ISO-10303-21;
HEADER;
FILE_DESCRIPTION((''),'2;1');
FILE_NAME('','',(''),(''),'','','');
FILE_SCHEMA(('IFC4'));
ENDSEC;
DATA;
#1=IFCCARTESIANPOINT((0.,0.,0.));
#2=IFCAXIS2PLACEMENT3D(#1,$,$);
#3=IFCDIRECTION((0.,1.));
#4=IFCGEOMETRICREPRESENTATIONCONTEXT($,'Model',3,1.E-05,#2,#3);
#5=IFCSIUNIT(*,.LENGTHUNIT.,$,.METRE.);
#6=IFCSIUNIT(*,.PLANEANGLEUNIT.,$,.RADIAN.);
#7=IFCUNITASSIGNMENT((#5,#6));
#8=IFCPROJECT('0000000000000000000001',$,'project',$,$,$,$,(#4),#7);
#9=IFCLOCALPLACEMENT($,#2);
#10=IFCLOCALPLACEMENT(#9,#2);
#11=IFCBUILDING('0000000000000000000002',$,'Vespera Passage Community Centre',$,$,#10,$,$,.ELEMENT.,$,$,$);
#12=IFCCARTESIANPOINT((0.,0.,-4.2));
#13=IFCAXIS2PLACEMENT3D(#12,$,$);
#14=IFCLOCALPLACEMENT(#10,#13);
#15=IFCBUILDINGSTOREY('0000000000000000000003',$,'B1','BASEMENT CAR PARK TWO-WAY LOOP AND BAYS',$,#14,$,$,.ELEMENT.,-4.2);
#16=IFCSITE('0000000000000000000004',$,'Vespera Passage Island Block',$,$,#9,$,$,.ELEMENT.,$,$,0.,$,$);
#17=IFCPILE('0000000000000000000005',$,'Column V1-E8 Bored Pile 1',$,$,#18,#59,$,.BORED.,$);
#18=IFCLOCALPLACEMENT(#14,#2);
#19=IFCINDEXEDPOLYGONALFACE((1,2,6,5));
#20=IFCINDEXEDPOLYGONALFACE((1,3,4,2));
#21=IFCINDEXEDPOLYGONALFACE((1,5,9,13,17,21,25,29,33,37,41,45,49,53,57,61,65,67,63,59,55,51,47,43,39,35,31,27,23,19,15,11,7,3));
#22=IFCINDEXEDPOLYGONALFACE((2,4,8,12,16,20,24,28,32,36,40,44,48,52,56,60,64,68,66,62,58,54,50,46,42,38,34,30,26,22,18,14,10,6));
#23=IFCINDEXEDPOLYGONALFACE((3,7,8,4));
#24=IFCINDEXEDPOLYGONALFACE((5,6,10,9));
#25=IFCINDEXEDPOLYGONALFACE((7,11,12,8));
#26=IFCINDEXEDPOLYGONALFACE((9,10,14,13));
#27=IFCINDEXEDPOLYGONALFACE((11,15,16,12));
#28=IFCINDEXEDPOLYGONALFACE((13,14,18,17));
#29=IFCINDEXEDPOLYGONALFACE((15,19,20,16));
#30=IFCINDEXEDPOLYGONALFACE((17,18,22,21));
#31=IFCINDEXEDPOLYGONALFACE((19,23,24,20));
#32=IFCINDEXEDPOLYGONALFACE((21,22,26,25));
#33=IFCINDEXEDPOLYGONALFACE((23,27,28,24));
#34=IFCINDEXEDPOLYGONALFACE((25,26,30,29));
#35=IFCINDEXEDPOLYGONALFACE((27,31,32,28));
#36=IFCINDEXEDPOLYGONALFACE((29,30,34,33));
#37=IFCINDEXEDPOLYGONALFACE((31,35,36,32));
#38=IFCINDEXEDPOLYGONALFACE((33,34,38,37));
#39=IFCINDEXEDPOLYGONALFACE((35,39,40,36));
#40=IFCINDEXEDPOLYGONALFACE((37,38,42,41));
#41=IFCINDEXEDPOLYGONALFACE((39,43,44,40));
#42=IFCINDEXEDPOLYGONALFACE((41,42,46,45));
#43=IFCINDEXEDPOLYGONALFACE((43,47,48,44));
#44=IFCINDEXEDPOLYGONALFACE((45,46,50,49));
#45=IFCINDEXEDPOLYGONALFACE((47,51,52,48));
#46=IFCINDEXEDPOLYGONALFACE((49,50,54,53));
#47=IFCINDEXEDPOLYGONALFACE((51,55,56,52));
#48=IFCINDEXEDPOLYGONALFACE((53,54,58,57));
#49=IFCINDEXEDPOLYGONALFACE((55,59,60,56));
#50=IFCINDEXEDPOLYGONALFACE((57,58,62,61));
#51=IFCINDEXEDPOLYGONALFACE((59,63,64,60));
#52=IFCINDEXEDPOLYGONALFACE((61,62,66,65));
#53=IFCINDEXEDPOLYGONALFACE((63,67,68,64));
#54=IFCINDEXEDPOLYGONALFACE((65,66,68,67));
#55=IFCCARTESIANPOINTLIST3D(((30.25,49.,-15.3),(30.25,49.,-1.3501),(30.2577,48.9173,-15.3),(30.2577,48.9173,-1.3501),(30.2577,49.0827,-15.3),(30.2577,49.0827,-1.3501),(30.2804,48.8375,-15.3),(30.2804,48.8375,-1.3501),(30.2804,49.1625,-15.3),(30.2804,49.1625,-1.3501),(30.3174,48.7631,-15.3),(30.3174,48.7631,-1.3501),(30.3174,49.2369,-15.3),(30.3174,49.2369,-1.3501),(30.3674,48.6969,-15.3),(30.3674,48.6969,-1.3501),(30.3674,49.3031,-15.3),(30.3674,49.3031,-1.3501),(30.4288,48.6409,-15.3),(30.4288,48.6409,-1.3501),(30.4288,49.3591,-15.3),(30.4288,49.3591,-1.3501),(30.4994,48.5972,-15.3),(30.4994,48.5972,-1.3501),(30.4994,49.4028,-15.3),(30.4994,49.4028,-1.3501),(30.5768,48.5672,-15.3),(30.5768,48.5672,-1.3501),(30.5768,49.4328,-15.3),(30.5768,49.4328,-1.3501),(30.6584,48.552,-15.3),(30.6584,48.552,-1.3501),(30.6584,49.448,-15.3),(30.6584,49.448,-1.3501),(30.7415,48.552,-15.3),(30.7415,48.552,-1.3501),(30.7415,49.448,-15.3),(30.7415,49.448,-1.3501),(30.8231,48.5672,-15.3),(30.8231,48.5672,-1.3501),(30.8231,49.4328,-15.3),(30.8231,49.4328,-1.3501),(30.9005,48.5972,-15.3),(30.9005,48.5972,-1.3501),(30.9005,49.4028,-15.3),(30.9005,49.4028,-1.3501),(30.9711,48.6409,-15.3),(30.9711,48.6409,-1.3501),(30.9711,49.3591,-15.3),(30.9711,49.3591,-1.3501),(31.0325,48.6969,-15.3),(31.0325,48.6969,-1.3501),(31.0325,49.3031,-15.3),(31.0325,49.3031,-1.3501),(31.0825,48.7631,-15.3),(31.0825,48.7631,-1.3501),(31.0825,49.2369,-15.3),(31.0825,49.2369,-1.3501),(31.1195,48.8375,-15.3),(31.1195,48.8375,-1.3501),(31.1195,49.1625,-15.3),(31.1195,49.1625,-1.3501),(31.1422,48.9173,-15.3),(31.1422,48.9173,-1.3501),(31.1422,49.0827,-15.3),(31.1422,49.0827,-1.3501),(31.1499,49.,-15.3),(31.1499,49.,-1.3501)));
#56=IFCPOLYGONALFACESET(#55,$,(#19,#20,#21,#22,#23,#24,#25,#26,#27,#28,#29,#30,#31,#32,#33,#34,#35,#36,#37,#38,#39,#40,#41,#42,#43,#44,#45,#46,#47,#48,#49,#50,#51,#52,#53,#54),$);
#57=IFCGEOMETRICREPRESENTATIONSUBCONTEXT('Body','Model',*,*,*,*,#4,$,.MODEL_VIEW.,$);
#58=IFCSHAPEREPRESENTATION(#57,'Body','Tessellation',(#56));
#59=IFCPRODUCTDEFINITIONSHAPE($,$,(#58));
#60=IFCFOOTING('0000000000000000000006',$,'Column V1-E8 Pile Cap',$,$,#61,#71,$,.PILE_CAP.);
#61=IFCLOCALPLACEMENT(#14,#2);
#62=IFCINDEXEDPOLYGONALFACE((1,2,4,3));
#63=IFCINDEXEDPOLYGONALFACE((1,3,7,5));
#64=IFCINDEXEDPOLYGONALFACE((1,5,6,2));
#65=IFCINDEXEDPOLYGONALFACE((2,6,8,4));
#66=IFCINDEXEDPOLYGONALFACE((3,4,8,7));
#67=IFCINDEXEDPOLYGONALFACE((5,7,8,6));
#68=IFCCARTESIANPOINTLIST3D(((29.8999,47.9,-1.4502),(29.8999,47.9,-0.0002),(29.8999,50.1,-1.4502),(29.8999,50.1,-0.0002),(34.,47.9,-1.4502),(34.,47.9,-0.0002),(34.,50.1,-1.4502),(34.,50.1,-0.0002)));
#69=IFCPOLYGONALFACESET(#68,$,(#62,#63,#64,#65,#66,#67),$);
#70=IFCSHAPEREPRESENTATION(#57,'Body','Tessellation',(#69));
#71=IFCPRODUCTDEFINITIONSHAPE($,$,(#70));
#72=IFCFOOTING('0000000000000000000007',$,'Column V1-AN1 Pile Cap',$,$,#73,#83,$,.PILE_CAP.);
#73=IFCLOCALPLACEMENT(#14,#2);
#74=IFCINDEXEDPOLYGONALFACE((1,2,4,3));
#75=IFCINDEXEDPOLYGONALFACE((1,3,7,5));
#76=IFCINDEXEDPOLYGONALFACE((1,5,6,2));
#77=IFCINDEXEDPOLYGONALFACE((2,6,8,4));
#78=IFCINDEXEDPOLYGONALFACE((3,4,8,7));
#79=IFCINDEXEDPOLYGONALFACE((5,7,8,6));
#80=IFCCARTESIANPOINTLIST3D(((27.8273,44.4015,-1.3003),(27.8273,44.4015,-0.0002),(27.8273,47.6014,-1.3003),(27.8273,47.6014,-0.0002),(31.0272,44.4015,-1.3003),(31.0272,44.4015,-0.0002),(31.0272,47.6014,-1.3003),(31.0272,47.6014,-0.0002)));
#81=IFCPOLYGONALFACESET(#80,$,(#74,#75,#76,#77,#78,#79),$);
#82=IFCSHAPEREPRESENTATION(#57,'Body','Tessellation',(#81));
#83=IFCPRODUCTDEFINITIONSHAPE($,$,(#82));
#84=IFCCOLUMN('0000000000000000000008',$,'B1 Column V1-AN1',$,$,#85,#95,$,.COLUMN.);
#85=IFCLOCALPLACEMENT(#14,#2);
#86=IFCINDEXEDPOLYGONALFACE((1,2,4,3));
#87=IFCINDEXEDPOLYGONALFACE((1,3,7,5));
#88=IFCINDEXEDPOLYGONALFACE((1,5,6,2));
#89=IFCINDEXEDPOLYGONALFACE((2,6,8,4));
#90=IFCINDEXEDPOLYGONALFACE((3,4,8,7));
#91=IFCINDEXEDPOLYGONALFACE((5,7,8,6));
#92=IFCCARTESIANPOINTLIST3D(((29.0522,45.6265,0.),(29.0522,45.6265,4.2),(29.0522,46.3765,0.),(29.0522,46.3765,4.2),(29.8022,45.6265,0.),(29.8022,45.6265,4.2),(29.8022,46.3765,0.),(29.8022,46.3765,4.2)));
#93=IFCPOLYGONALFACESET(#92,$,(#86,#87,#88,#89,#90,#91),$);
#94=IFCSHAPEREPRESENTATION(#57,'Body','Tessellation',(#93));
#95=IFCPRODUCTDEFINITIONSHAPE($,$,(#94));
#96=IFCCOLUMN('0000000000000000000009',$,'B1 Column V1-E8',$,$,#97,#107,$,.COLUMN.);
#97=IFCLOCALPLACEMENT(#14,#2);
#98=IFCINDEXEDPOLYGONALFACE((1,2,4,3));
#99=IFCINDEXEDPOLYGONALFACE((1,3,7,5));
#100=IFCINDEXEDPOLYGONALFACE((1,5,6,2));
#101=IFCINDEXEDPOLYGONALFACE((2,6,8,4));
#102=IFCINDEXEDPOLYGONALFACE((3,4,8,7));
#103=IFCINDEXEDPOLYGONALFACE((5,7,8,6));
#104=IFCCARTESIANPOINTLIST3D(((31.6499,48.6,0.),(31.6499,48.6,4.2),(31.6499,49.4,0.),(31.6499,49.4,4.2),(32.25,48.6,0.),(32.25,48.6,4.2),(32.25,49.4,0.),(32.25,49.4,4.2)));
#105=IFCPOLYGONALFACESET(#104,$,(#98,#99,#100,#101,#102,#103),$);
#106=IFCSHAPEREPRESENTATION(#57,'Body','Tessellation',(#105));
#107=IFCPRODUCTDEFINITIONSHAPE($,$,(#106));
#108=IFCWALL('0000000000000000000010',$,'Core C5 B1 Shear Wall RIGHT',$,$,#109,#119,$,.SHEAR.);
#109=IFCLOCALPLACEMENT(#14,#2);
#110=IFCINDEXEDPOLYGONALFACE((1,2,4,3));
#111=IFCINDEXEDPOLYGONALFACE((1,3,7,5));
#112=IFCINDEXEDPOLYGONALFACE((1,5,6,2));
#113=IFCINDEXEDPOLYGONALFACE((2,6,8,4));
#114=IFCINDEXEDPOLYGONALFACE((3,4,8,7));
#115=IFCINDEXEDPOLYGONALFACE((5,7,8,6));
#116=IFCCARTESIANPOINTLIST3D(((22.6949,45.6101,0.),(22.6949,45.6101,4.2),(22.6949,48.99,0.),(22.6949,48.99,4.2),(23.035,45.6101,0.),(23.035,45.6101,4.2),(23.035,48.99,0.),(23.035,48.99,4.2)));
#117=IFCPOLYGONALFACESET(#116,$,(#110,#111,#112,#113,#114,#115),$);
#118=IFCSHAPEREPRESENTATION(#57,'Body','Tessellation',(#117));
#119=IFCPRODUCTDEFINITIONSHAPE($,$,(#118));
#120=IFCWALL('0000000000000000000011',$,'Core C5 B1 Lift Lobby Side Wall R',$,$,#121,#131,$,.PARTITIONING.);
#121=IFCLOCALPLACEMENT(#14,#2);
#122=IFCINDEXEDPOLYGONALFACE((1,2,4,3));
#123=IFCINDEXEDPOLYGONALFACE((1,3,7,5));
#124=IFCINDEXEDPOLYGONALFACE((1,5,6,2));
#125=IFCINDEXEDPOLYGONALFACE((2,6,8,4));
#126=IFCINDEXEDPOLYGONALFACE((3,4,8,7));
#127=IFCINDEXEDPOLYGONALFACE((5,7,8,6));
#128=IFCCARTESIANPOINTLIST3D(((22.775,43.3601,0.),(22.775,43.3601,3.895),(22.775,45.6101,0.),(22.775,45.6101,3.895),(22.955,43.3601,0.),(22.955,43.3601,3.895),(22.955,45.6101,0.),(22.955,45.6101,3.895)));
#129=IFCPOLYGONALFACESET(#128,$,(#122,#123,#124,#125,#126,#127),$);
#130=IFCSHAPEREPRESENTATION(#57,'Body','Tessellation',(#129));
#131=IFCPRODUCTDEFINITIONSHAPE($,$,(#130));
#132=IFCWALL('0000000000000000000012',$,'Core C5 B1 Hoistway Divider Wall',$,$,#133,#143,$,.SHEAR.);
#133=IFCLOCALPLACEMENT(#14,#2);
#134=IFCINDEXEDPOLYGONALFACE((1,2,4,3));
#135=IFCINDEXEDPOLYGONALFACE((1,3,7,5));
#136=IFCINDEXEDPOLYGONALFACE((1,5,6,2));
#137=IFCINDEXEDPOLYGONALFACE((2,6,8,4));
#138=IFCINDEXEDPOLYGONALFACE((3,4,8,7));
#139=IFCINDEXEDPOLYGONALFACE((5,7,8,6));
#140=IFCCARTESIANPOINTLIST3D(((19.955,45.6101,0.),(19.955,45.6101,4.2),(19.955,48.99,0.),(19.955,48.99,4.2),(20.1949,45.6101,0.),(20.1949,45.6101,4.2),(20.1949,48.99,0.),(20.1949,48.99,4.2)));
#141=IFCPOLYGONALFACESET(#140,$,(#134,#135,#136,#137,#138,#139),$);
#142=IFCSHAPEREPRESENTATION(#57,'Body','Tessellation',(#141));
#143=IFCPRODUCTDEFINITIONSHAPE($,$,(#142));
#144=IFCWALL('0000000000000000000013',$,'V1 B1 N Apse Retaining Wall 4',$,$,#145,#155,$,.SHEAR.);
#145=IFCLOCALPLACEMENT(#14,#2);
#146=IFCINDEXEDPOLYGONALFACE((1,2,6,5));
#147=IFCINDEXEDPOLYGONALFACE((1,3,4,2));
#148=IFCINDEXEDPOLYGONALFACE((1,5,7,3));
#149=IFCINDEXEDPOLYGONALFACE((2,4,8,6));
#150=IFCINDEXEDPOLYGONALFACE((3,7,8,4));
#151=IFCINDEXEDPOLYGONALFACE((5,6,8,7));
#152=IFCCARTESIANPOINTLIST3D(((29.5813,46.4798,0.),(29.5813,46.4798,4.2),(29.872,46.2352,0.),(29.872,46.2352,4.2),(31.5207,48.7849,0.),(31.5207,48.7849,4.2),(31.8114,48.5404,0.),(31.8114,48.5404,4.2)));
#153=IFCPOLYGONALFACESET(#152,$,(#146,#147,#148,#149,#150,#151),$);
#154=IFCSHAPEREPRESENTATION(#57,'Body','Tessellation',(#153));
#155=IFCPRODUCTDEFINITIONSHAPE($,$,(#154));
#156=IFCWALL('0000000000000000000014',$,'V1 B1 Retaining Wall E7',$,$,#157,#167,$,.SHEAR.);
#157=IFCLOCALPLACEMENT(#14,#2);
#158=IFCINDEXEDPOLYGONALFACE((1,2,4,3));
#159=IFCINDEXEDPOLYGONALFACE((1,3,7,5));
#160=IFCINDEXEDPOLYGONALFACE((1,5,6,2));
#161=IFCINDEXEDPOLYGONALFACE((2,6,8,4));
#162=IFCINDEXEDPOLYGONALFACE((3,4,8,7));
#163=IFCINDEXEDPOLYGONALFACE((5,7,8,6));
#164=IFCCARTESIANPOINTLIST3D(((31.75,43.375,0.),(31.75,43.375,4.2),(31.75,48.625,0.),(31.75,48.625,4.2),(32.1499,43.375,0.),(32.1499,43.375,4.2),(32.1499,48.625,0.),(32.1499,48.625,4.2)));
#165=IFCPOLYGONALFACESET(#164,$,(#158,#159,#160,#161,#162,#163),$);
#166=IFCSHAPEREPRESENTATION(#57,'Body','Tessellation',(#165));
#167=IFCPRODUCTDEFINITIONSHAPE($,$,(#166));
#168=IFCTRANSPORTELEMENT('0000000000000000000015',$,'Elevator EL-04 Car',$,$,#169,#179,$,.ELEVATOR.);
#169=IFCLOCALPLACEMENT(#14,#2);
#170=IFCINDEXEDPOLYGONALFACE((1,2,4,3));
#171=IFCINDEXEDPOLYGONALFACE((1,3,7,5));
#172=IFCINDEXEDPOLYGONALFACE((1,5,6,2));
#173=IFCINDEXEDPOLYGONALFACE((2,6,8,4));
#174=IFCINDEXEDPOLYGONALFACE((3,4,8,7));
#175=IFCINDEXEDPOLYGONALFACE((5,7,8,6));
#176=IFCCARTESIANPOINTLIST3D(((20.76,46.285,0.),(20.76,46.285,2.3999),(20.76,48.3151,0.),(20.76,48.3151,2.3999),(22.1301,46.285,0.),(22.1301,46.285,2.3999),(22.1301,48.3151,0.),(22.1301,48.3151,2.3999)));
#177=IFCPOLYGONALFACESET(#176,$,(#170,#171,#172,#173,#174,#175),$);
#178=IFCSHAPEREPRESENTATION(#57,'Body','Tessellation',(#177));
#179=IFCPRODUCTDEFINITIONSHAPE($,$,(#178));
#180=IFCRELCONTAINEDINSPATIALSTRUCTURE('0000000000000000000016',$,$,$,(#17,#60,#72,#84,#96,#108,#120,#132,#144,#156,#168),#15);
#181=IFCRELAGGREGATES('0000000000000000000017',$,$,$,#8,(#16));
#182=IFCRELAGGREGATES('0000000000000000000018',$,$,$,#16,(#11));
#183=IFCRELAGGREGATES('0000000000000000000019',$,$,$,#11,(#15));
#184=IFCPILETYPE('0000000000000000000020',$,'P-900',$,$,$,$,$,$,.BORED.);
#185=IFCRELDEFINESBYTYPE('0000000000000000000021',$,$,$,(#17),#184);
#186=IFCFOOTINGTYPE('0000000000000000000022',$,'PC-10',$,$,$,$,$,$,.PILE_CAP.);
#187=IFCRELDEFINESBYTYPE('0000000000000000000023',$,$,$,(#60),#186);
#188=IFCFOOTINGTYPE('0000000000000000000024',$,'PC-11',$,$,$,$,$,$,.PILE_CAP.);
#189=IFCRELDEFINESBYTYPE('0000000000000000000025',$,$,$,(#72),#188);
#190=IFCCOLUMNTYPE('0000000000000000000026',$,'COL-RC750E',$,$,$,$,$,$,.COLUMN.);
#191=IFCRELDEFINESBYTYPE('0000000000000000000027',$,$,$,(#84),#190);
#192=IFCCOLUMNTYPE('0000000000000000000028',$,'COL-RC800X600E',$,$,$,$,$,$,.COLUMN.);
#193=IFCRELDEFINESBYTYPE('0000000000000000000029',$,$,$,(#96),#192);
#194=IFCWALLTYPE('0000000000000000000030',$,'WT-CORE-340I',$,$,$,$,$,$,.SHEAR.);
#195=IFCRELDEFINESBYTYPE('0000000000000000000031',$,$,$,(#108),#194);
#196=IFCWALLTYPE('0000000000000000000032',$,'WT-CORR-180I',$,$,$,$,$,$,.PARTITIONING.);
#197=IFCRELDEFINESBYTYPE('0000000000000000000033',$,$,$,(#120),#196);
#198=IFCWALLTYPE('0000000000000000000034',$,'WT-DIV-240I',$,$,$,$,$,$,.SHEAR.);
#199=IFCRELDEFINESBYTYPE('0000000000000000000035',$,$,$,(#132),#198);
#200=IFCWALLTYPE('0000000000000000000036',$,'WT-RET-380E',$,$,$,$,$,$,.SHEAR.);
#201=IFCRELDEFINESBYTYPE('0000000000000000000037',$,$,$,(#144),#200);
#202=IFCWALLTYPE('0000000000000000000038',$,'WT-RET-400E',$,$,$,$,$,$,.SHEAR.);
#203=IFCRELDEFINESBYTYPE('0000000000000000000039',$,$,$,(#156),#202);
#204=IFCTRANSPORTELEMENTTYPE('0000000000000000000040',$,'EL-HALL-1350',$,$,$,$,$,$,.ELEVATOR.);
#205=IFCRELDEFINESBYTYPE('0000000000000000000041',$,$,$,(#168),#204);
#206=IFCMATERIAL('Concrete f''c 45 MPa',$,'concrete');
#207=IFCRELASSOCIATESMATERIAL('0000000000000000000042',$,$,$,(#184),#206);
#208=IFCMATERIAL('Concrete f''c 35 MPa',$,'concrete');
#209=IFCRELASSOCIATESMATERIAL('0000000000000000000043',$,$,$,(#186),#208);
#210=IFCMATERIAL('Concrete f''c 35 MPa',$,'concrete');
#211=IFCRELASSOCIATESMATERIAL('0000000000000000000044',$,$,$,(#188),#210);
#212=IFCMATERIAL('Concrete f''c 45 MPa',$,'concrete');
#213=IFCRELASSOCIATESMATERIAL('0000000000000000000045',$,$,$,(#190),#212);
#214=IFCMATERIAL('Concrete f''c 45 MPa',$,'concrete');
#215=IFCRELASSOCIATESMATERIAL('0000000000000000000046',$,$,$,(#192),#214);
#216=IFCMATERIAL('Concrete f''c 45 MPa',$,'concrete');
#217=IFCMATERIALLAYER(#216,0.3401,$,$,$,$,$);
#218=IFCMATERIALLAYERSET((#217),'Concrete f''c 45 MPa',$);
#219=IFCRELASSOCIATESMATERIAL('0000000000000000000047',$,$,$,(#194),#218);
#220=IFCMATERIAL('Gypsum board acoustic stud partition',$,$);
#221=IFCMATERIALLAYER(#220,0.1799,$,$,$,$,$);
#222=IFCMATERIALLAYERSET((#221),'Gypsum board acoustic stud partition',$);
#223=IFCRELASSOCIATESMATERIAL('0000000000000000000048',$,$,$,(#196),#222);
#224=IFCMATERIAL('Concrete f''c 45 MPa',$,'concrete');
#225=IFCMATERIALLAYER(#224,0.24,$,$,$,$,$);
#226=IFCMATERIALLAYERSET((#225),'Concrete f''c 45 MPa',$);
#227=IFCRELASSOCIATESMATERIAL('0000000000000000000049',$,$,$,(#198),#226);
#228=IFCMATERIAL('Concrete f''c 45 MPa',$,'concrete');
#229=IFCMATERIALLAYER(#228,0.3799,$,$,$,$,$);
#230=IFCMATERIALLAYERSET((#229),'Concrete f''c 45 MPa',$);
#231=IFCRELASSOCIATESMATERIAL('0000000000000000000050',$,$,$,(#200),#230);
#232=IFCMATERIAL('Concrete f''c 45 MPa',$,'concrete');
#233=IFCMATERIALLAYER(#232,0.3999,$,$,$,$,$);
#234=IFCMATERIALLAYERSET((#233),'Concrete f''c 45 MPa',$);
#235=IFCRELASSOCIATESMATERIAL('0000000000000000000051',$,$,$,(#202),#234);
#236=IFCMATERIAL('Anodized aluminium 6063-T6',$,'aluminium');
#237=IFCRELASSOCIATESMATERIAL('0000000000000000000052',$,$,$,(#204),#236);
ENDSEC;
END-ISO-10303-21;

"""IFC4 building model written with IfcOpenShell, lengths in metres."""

from ifc_helpers import new_model, si_unit, direction, frame, frame_2d, origin, origin_2d, place, context, subcontext, project, spatial, rectangle, circle, extrude, material, layer, layer_set, material_profile, profile_set, type_object, element, save


model = new_model("IFC4")

# Units and contexts
model_context = context("Model", 3, precision=1e-05, world=origin(), true_north=direction((0.0, 1.0)))
body_context = subcontext(model_context, "Body", "Model", "MODEL_VIEW")
ifc_project = project(units=[si_unit("LENGTHUNIT", "METRE"), si_unit("PLANEANGLEUNIT", "RADIAN")], contexts=[model_context])

# Site, building, storey
site_placement = place(None, origin())
site = spatial("IfcSite", under=ifc_project, at=site_placement, Name="Vespera Passage Island Block", CompositionType="ELEMENT", RefElevation=0.0)
building_placement = place(site_placement, origin())
building = spatial("IfcBuilding", under=site, at=building_placement, Name="Vespera Passage Community Centre", CompositionType="ELEMENT")
storey_placement = place(building_placement, frame((0.0, 0.0, -4.2)))
storey = spatial("IfcBuildingStorey", under=building, at=storey_placement, Name="B1", Description="BASEMENT CAR PARK TWO-WAY LOOP AND BAYS", CompositionType="ELEMENT", Elevation=-4.2)

# Pile
ifc_material_1 = material(Name="Concrete f'c 45 MPa", Category="concrete")
ifc_material_profile_1 = material_profile(ifc_material_1, circle(Radius=0.45, at=origin_2d()), Name="PILE900DIA")
ifc_profile_set_1 = profile_set([ifc_material_profile_1], Name="Concrete f'c 45 MPa")
pile_type_1 = type_object("IfcPileType", Name="P-900", PredefinedType="BORED", material=ifc_profile_set_1)
pile_placement = place(storey_placement, frame((30.7, 49.0, -1.3501), z_axis=(0.0, 0.0, -1.0), x_axis=(1.0, 0.0, 0.0)))
element("IfcPile", 1, at=pile_placement, inside=storey, type_object=pile_type_1, Name="Column V1-E8 Bored Pile 1", PredefinedType="BORED", context=body_context, shape_type="SweptSolid", body=[
    extrude(circle(Radius=0.45, at=origin_2d()), origin(), (0.0, 0.0, 1.0), 13.95),
])

# Footings
ifc_material_2 = material(Name="Concrete f'c 35 MPa", Category="concrete")
footing_type_1 = type_object("IfcFootingType", Name="PC-10", PredefinedType="PILE_CAP", material=ifc_material_2)
footing_1_placement = place(storey_placement, frame((31.95, 49.0, -1.4502), z_axis=(0.0, 0.0, 1.0), x_axis=(1.0, 0.0, 0.0)))
element("IfcFooting", 2, at=footing_1_placement, inside=storey, type_object=footing_type_1, Name="Column V1-E8 Pile Cap", PredefinedType="PILE_CAP", context=body_context, shape_type="SweptSolid", body=[
    extrude(rectangle(XDim=4.1001, YDim=2.2, at=origin_2d()), origin(), (0.0, 0.0, 1.0), 1.45),
])
ifc_material_3 = material(Name="Concrete f'c 35 MPa", Category="concrete")
footing_type_2 = type_object("IfcFootingType", Name="PC-11", PredefinedType="PILE_CAP", material=ifc_material_3)
footing_2_placement = place(storey_placement, frame((29.4272, 46.0015, -1.3003), z_axis=(0.0, 0.0, 1.0), x_axis=(1.0, 0.0, 0.0)))
element("IfcFooting", 3, at=footing_2_placement, inside=storey, type_object=footing_type_2, Name="Column V1-AN1 Pile Cap", PredefinedType="PILE_CAP", context=body_context, shape_type="SweptSolid", body=[
    extrude(rectangle(XDim=3.2, YDim=3.2, at=origin_2d()), origin(), (0.0, 0.0, 1.0), 1.3),
])

# Columns
ifc_material_4 = material(Name="Concrete f'c 45 MPa", Category="concrete")
ifc_material_profile_2 = material_profile(ifc_material_4, rectangle(XDim=0.75, YDim=0.75, at=origin_2d()), Name="RC750X750")
ifc_profile_set_2 = profile_set([ifc_material_profile_2], Name="Concrete f'c 45 MPa")
column_type_1 = type_object("IfcColumnType", Name="COL-RC750E", PredefinedType="COLUMN", material=ifc_profile_set_2)
column_1_placement = place(storey_placement, frame((29.4272, 46.0015, 0.0), z_axis=(0.0, 0.0, 1.0), x_axis=(1.0, 0.0, 0.0)))
element("IfcColumn", 4, at=column_1_placement, inside=storey, type_object=column_type_1, Name="B1 Column V1-AN1", PredefinedType="COLUMN", context=body_context, shape_type="SweptSolid", body=[
    extrude(rectangle(XDim=0.75, YDim=0.75, at=origin_2d()), origin(), (0.0, 0.0, 1.0), 4.2),
])
ifc_material_5 = material(Name="Concrete f'c 45 MPa", Category="concrete")
ifc_material_profile_3 = material_profile(ifc_material_5, rectangle(XDim=0.6001, YDim=0.8, at=origin_2d()), Name="RC800X600")
ifc_profile_set_3 = profile_set([ifc_material_profile_3], Name="Concrete f'c 45 MPa")
column_type_2 = type_object("IfcColumnType", Name="COL-RC800X600E", PredefinedType="COLUMN", material=ifc_profile_set_3)
column_2_placement = place(storey_placement, frame((31.95, 49.0, 0.0), z_axis=(0.0, 0.0, 1.0), x_axis=(1.0, 0.0, 0.0)))
element("IfcColumn", 5, at=column_2_placement, inside=storey, type_object=column_type_2, Name="B1 Column V1-E8", PredefinedType="COLUMN", context=body_context, shape_type="SweptSolid", body=[
    extrude(rectangle(XDim=0.6001, YDim=0.8, at=origin_2d()), origin(), (0.0, 0.0, 1.0), 4.2),
])

# Shared definitions
ifc_material_6 = material(Name="Concrete f'c 45 MPa", Category="concrete")
ifc_layer_1 = layer(ifc_material_6, 0.3401)
ifc_layer_set_1 = layer_set([ifc_layer_1], Name="Concrete f'c 45 MPa")
wall_type_1 = type_object("IfcWallType", Name="WT-CORE-340I", PredefinedType="SHEAR", material=ifc_layer_set_1)

# Walls
wall_1_placement = place(storey_placement, frame((22.865, 48.99, 0.0), z_axis=(0.0, 0.0, 1.0), x_axis=(0.0, -1.0, 0.0)))
element("IfcWall", 6, at=wall_1_placement, inside=storey, type_object=wall_type_1, Name="Core C5 B1 Shear Wall RIGHT", PredefinedType="SHEAR", context=body_context, shape_type="SweptSolid", body=[
    extrude(rectangle(XDim=3.3799, YDim=0.3401, at=frame_2d((1.6899, 0.0))), origin(), (0.0, 0.0, 1.0), 4.2),
])
ifc_material_7 = material(Name="Gypsum board acoustic stud partition")
ifc_layer_2 = layer(ifc_material_7, 0.1799)
ifc_layer_set_2 = layer_set([ifc_layer_2], Name="Gypsum board acoustic stud partition")
wall_type_2 = type_object("IfcWallType", Name="WT-CORR-180I", PredefinedType="PARTITIONING", material=ifc_layer_set_2)
wall_2_placement = place(storey_placement, frame((22.865, 45.6101, 0.0), z_axis=(0.0, 0.0, 1.0), x_axis=(0.0, -1.0, 0.0)))
element("IfcWall", 7, at=wall_2_placement, inside=storey, type_object=wall_type_2, Name="Core C5 B1 Lift Lobby Side Wall R", PredefinedType="PARTITIONING", context=body_context, shape_type="SweptSolid", body=[
    extrude(rectangle(XDim=2.25, YDim=0.1799, at=frame_2d((1.125, 0.0))), origin(), (0.0, 0.0, 1.0), 3.895),
])
ifc_material_8 = material(Name="Concrete f'c 45 MPa", Category="concrete")
ifc_layer_3 = layer(ifc_material_8, 0.24)
ifc_layer_set_3 = layer_set([ifc_layer_3], Name="Concrete f'c 45 MPa")
wall_type_3 = type_object("IfcWallType", Name="WT-DIV-240I", PredefinedType="SHEAR", material=ifc_layer_set_3)
wall_3_placement = place(storey_placement, frame((20.075, 45.6101, 0.0), z_axis=(0.0, 0.0, 1.0), x_axis=(0.0, 1.0, 0.0)))
element("IfcWall", 8, at=wall_3_placement, inside=storey, type_object=wall_type_3, Name="Core C5 B1 Hoistway Divider Wall", PredefinedType="SHEAR", context=body_context, shape_type="SweptSolid", body=[
    extrude(rectangle(XDim=3.3799, YDim=0.24, at=frame_2d((1.6899, 0.0))), origin(), (0.0, 0.0, 1.0), 4.2),
])
ifc_material_9 = material(Name="Concrete f'c 45 MPa", Category="concrete")
ifc_layer_4 = layer(ifc_material_9, 0.3799)
ifc_layer_set_4 = layer_set([ifc_layer_4], Name="Concrete f'c 45 MPa")
wall_type_4 = type_object("IfcWallType", Name="WT-RET-380E", PredefinedType="SHEAR", material=ifc_layer_set_4)
wall_4_placement = place(storey_placement, frame((29.7266, 46.3574, 0.0), z_axis=(0.0, 0.0, 1.0), x_axis=(0.643796, 0.765197, 0.0)))
element("IfcWall", 9, at=wall_4_placement, inside=storey, type_object=wall_type_4, Name="V1 B1 N Apse Retaining Wall 4", PredefinedType="SHEAR", context=body_context, shape_type="SweptSolid", body=[
    extrude(rectangle(XDim=3.0125, YDim=0.3799, at=frame_2d((1.5063, 0.0))), origin(), (0.0, 0.0, 1.0), 4.2),
])
ifc_material_10 = material(Name="Concrete f'c 45 MPa", Category="concrete")
ifc_layer_5 = layer(ifc_material_10, 0.3999)
ifc_layer_set_5 = layer_set([ifc_layer_5], Name="Concrete f'c 45 MPa")
wall_type_5 = type_object("IfcWallType", Name="WT-RET-400E", PredefinedType="SHEAR", material=ifc_layer_set_5)
wall_5_placement = place(storey_placement, frame((31.95, 48.625, 0.0), z_axis=(0.0, 0.0, 1.0), x_axis=(0.0, -1.0, 0.0)))
element("IfcWall", 10, at=wall_5_placement, inside=storey, type_object=wall_type_5, Name="V1 B1 Retaining Wall E7", PredefinedType="SHEAR", context=body_context, shape_type="SweptSolid", body=[
    extrude(rectangle(XDim=5.25, YDim=0.3999, at=frame_2d((2.625, 0.0))), origin(), (0.0, 0.0, 1.0), 4.2),
])

# Transport element
ifc_material_11 = material(Name="Anodized aluminium 6063-T6", Category="aluminium")
transport_element_type = type_object("IfcTransportElementType", Name="EL-HALL-1350", PredefinedType="ELEVATOR", material=ifc_material_11)
transport_element_placement = place(storey_placement, frame((21.4451, 47.3, 0.0), z_axis=(0.0, 0.0, 1.0), x_axis=(1.0, 0.0, 0.0)))
element("IfcTransportElement", 11, at=transport_element_placement, inside=storey, type_object=transport_element_type, Name="Elevator EL-04 Car", PredefinedType="ELEVATOR", context=body_context, shape_type="SweptSolid", body=[
    extrude(rectangle(XDim=1.3701, YDim=2.03, at=origin_2d()), origin(), (0.0, 0.0, 1.0), 2.3999),
])

save(model, "model.ifc")
